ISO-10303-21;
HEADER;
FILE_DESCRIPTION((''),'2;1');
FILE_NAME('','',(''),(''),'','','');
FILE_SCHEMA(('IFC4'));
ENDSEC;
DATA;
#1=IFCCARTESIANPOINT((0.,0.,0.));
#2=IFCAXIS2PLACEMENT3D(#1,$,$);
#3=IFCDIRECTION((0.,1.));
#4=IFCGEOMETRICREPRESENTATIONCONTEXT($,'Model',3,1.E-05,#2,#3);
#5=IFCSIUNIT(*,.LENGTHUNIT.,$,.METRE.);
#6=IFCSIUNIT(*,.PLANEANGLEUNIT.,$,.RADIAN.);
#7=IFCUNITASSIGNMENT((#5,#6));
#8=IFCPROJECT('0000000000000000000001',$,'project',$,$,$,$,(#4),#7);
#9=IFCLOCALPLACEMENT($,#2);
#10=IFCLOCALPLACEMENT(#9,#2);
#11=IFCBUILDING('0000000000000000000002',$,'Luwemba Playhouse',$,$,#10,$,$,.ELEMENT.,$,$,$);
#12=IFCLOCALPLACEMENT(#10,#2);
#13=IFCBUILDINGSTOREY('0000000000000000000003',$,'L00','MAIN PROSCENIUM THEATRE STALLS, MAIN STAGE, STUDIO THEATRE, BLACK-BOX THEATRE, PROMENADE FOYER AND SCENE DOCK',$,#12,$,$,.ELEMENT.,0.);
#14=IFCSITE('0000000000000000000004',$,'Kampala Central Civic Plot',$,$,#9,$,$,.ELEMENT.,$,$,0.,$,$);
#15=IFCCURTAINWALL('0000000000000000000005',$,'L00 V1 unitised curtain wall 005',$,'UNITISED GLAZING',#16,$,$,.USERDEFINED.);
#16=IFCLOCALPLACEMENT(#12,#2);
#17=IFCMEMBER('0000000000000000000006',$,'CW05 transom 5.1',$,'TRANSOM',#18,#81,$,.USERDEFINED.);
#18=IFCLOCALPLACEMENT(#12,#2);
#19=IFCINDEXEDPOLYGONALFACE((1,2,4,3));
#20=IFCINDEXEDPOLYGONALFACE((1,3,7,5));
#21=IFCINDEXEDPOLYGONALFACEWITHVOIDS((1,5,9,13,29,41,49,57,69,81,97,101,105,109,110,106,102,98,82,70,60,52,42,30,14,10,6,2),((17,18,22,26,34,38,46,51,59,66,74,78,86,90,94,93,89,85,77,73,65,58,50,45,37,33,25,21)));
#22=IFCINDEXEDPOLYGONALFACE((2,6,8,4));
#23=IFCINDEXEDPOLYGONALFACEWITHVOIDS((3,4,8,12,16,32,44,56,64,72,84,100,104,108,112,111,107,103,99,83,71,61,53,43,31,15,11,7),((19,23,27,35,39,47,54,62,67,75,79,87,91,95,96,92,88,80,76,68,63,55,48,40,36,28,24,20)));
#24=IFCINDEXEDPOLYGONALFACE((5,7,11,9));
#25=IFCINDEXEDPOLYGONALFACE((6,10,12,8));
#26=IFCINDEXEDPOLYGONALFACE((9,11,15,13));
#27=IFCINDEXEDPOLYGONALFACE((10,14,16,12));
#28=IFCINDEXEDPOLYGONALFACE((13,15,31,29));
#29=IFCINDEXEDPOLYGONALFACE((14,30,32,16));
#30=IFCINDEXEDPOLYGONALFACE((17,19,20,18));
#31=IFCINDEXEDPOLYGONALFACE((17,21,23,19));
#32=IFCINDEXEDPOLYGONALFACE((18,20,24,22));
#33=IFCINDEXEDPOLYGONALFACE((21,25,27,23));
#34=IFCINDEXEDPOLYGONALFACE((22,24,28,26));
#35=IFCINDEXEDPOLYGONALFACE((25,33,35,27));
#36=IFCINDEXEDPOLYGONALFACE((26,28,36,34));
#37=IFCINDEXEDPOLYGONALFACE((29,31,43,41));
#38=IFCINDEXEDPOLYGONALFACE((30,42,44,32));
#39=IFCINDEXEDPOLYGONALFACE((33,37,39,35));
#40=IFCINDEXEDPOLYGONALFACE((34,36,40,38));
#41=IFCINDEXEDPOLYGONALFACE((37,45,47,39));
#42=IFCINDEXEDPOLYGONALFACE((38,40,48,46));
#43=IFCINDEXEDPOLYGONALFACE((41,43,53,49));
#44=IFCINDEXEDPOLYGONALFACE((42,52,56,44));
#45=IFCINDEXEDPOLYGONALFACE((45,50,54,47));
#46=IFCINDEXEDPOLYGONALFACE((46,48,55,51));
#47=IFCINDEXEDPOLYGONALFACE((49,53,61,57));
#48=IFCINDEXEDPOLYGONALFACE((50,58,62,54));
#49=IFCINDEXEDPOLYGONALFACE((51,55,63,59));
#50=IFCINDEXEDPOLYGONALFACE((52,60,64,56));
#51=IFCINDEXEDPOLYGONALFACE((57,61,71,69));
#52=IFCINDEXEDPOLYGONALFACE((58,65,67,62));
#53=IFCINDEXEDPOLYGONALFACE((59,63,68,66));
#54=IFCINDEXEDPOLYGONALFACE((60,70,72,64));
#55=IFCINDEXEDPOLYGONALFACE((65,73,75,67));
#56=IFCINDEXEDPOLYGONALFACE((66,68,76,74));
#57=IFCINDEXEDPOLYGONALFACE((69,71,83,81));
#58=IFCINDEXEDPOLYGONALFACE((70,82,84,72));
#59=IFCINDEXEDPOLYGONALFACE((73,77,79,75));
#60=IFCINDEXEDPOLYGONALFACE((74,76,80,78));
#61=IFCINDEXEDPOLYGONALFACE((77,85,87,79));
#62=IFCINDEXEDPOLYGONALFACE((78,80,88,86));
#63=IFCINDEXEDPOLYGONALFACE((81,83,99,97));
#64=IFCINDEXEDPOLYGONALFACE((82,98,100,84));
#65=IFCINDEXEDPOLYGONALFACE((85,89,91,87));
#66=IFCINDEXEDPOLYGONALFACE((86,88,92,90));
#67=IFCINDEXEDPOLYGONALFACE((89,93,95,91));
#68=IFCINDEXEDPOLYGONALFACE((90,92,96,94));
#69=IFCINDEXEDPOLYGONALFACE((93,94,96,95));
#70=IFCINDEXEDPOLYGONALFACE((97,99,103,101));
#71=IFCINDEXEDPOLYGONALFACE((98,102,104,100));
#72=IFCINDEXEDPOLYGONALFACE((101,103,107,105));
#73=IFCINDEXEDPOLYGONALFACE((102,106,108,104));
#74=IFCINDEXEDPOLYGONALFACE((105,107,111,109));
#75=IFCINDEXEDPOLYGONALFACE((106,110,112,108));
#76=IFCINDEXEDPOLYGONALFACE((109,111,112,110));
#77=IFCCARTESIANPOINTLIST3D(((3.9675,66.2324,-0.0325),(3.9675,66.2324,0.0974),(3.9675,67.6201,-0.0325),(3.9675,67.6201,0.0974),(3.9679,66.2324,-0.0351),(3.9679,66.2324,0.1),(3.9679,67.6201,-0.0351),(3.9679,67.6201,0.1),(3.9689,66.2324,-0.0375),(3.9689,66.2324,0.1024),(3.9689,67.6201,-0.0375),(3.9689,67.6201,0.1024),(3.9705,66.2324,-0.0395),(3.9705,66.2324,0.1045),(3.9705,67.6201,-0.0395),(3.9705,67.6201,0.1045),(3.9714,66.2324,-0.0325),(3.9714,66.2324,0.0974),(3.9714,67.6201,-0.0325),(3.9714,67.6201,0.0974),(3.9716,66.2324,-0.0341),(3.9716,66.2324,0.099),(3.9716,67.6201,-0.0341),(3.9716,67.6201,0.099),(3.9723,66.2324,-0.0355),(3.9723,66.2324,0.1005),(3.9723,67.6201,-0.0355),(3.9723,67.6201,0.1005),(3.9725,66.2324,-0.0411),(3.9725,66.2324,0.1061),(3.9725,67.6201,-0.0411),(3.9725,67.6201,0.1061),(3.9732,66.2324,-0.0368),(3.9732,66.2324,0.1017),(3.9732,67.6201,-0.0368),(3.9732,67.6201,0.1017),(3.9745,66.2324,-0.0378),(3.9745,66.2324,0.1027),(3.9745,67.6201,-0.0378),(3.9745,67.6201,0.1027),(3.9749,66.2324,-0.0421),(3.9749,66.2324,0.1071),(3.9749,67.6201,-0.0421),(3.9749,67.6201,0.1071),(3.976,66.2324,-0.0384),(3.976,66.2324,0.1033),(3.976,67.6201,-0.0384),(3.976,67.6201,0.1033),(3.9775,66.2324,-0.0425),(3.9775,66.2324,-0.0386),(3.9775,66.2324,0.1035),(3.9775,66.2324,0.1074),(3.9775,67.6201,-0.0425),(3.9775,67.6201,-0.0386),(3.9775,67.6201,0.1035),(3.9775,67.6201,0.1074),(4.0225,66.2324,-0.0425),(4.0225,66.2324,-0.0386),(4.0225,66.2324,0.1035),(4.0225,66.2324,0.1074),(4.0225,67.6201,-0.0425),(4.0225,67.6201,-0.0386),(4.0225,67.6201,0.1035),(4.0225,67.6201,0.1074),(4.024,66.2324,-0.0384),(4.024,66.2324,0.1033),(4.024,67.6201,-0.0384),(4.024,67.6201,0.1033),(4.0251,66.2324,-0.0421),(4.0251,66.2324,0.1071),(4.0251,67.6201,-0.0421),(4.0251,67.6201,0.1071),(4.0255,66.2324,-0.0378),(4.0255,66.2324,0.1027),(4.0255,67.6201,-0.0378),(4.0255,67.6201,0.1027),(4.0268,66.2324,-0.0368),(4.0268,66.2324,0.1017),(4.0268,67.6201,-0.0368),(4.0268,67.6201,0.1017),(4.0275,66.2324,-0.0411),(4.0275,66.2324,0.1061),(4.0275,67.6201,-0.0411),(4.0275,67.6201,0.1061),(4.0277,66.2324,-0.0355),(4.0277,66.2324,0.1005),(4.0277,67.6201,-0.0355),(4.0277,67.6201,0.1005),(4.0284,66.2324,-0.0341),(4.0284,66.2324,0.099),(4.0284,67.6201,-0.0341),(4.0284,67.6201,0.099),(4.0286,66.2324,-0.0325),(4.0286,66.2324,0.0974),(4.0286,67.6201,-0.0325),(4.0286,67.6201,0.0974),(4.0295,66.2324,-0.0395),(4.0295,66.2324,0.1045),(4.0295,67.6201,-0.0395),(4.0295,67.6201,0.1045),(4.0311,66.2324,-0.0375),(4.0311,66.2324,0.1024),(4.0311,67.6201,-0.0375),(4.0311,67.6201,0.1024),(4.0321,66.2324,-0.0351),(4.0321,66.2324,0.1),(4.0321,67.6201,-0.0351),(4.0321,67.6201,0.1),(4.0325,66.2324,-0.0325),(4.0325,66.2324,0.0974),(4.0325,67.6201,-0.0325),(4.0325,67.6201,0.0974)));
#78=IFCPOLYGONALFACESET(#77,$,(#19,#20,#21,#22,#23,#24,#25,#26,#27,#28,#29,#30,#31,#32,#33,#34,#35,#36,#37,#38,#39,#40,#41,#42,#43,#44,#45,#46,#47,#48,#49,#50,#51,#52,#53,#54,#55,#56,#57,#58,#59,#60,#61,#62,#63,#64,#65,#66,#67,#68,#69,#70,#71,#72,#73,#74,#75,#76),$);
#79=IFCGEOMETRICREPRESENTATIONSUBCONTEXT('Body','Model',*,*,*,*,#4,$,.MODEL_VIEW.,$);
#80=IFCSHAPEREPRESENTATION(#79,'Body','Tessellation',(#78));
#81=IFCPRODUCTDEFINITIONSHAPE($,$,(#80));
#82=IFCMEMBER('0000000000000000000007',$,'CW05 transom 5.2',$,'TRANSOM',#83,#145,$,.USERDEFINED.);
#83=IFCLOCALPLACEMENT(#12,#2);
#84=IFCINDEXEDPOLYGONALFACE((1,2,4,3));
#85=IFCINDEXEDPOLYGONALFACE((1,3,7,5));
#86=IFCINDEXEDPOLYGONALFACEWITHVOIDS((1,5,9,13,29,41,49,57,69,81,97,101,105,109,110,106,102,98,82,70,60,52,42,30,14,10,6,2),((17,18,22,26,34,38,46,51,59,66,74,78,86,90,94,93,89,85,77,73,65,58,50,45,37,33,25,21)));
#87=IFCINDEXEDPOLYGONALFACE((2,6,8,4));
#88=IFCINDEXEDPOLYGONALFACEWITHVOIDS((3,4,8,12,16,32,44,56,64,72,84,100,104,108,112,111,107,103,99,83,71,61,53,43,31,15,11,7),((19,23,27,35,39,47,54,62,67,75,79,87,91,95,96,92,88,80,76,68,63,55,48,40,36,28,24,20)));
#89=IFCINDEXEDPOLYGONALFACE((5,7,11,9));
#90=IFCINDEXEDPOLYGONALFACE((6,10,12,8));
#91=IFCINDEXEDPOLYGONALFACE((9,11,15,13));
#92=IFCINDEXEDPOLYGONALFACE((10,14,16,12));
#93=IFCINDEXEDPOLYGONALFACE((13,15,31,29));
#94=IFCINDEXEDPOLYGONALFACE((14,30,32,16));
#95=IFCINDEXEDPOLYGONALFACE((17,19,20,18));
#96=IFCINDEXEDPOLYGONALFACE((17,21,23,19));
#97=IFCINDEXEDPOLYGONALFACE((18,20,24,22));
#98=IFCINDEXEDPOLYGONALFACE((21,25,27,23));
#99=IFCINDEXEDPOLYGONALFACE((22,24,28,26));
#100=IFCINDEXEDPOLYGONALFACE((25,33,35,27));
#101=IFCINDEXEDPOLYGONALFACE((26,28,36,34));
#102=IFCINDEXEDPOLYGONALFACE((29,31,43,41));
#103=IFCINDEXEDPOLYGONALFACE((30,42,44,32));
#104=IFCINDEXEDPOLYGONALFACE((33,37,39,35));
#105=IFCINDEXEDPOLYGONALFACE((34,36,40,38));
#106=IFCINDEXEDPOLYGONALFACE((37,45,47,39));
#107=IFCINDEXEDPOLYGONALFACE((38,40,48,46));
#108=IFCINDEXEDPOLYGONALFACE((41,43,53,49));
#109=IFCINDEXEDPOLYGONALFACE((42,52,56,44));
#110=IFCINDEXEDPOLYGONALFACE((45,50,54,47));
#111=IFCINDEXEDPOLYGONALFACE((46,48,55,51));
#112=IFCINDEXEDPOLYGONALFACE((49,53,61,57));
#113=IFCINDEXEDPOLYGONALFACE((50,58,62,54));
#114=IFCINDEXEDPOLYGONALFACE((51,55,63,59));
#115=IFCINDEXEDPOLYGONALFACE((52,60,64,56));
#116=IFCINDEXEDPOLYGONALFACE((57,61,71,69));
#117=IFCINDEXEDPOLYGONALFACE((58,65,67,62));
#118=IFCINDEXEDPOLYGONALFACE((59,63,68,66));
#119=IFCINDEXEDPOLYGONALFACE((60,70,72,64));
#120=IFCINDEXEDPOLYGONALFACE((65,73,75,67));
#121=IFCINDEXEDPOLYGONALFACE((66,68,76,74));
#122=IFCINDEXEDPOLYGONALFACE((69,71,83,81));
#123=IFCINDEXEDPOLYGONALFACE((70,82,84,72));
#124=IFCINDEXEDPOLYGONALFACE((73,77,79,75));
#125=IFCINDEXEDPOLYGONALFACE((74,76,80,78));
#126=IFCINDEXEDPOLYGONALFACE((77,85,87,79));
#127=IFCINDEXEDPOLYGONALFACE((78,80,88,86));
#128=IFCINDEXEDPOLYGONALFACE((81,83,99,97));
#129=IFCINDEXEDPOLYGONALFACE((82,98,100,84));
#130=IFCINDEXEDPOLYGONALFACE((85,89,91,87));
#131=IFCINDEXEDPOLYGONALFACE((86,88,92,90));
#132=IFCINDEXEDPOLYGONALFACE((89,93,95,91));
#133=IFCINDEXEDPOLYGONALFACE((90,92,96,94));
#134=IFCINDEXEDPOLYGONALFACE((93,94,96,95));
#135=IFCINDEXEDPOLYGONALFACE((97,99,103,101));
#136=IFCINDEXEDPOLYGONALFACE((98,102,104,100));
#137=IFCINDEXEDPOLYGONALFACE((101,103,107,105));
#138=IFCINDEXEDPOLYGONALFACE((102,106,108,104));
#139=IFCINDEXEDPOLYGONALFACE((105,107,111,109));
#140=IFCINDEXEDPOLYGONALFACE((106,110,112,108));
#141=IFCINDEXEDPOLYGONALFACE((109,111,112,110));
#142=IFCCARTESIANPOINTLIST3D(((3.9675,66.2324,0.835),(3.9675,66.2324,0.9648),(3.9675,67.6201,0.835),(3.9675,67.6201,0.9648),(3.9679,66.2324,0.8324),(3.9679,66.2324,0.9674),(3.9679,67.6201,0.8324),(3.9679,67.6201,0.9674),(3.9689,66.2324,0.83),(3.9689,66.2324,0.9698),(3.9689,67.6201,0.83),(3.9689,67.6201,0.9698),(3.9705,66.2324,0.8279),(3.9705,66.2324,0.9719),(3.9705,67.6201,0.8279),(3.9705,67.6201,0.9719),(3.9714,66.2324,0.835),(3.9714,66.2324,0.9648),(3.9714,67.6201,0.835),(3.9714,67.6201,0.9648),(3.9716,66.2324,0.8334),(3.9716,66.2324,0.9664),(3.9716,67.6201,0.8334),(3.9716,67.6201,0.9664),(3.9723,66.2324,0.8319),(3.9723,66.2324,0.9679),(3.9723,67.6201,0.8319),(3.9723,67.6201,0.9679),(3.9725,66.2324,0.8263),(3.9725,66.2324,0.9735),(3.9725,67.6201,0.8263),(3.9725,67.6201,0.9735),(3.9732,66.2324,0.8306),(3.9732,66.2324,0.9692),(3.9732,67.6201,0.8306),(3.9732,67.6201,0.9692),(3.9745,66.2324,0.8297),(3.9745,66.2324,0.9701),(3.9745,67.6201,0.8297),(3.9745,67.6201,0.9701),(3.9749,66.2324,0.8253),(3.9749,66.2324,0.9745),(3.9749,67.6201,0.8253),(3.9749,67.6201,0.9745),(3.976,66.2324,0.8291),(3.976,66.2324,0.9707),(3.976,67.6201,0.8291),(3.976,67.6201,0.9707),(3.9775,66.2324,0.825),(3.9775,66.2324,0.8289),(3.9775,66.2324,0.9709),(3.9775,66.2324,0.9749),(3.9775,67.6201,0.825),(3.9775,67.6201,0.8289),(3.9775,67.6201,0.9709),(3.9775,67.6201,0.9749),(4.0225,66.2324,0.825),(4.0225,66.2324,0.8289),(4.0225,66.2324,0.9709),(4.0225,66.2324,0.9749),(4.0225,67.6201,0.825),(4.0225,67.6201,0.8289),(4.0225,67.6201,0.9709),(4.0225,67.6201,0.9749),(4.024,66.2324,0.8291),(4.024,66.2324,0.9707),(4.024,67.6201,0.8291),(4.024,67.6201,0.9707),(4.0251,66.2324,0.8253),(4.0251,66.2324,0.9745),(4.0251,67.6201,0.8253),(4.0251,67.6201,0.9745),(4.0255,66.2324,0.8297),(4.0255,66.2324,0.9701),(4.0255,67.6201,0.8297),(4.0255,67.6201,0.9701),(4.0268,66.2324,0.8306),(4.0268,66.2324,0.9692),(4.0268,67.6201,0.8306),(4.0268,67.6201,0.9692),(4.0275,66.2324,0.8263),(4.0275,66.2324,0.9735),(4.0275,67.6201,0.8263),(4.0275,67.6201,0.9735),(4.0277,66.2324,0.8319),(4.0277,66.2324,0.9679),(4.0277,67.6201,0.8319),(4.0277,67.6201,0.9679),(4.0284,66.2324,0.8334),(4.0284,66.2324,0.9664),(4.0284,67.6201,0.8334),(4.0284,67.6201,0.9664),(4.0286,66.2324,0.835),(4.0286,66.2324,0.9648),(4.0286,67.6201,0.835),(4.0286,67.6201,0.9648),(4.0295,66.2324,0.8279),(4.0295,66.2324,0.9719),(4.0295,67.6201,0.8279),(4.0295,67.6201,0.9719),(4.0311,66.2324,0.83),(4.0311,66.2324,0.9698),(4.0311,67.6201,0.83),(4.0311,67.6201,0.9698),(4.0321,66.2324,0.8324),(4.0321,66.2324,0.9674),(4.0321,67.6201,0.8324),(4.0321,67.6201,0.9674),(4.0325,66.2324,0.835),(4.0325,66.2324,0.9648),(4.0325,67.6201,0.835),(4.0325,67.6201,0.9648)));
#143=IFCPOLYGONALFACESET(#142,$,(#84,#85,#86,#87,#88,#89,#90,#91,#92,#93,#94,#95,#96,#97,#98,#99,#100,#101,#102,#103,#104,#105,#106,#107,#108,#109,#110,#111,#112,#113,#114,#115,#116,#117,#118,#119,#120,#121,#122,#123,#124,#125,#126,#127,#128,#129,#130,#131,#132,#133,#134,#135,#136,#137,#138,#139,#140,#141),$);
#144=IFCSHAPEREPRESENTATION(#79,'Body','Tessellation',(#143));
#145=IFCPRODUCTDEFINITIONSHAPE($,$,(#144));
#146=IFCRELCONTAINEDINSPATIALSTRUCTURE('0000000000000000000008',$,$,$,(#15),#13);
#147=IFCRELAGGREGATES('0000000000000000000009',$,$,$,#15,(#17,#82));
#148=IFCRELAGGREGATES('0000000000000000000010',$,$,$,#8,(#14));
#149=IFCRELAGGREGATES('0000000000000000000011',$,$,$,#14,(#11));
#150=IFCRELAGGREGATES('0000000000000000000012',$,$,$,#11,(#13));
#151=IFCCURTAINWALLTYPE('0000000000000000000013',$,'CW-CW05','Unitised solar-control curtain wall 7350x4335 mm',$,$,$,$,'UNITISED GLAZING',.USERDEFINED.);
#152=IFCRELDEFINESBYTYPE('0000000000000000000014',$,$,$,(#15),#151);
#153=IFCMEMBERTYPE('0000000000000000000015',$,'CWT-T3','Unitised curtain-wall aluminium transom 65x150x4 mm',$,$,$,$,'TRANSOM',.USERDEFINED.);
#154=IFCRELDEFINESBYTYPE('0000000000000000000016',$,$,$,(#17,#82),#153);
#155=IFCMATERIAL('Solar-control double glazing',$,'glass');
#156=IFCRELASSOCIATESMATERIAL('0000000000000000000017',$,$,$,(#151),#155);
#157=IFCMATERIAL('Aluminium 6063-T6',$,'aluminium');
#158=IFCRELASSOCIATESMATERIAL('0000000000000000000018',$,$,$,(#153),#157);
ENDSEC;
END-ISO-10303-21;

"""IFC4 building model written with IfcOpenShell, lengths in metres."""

from ifc_helpers import new_model, si_unit, direction, frame, origin, origin_2d, place, context, subcontext, project, spatial, hollow_rectangle, extrude, material, material_profile, profile_set, type_object, element, aggregate, save


model = new_model("IFC4")

# Units and contexts
model_context = context("Model", 3, precision=1e-05, world=origin(), true_north=direction((0.0, 1.0)))
body_context = subcontext(model_context, "Body", "Model", "MODEL_VIEW")
ifc_project = project(units=[si_unit("LENGTHUNIT", "METRE"), si_unit("PLANEANGLEUNIT", "RADIAN")], contexts=[model_context])

# Site, building, storey
site_placement = place(None, origin())
site = spatial("IfcSite", under=ifc_project, at=site_placement, Name="Kampala Central Civic Plot", CompositionType="ELEMENT", RefElevation=0.0)
building_placement = place(site_placement, origin())
building = spatial("IfcBuilding", under=site, at=building_placement, Name="Luwemba Playhouse", CompositionType="ELEMENT")
storey_placement = place(building_placement, origin())
storey = spatial("IfcBuildingStorey", under=building, at=storey_placement, Name="L00", Description="MAIN PROSCENIUM THEATRE STALLS, MAIN STAGE, STUDIO THEATRE, BLACK-BOX THEATRE, PROMENADE FOYER AND SCENE DOCK", CompositionType="ELEMENT", Elevation=0.0)

# Curtain wall, members
ifc_material_1 = material(Name="Solar-control double glazing", Category="glass")
curtain_wall_type = type_object("IfcCurtainWallType", Name="CW-CW05", Description="Unitised solar-control curtain wall 7350x4335 mm", ElementType="UNITISED GLAZING", PredefinedType="USERDEFINED", material=ifc_material_1)
curtain_wall_placement = place(storey_placement, origin())
curtain_wall = element("IfcCurtainWall", 1, at=curtain_wall_placement, inside=storey, type_object=curtain_wall_type, Name="L00 V1 unitised curtain wall 005", ObjectType="UNITISED GLAZING", PredefinedType="USERDEFINED")
ifc_material_2 = material(Name="Aluminium 6063-T6", Category="aluminium")
ifc_material_profile_1 = material_profile(ifc_material_2, hollow_rectangle(XDim=0.0649, YDim=0.1499, WallThickness=0.0039, InnerFilletRadius=0.0061, OuterFilletRadius=0.01, at=origin_2d()))
ifc_profile_set_1 = profile_set([ifc_material_profile_1], Name="Aluminium 6063-T6")
member_type_1 = type_object("IfcMemberType", Name="CWT-T3", Description="Unitised curtain-wall aluminium transom 65x150x4 mm", ElementType="TRANSOM", PredefinedType="USERDEFINED", material=ifc_profile_set_1)
member_1_placement = place(storey_placement, frame((4.0, 66.2324, 0.0325), z_axis=(0.0, 1.0, 0.0), x_axis=(-1.0, 0.0, 0.0)))
member_1 = element("IfcMember", 2, at=member_1_placement, type_object=member_type_1, Name="CW05 transom 5.1", ObjectType="TRANSOM", PredefinedType="USERDEFINED", context=body_context, shape_type="SweptSolid", body=[
    extrude(hollow_rectangle(XDim=0.0649, YDim=0.1499, WallThickness=0.0039, InnerFilletRadius=0.0061, OuterFilletRadius=0.01, at=origin_2d()), origin(), (0.0, 0.0, 1.0), 1.3877),
])
member_2_placement = place(storey_placement, frame((4.0, 66.2324, 0.8999), z_axis=(0.0, 1.0, 0.0), x_axis=(-1.0, 0.0, 0.0)))
member_2 = element("IfcMember", 3, at=member_2_placement, type_object=member_type_1, Name="CW05 transom 5.2", ObjectType="TRANSOM", PredefinedType="USERDEFINED", context=body_context, shape_type="SweptSolid", body=[
    extrude(hollow_rectangle(XDim=0.0649, YDim=0.1499, WallThickness=0.0039, InnerFilletRadius=0.0061, OuterFilletRadius=0.01, at=origin_2d()), origin(), (0.0, 0.0, 1.0), 1.3877),
])
aggregate(curtain_wall, [member_1, member_2])

save(model, "model.ifc")
